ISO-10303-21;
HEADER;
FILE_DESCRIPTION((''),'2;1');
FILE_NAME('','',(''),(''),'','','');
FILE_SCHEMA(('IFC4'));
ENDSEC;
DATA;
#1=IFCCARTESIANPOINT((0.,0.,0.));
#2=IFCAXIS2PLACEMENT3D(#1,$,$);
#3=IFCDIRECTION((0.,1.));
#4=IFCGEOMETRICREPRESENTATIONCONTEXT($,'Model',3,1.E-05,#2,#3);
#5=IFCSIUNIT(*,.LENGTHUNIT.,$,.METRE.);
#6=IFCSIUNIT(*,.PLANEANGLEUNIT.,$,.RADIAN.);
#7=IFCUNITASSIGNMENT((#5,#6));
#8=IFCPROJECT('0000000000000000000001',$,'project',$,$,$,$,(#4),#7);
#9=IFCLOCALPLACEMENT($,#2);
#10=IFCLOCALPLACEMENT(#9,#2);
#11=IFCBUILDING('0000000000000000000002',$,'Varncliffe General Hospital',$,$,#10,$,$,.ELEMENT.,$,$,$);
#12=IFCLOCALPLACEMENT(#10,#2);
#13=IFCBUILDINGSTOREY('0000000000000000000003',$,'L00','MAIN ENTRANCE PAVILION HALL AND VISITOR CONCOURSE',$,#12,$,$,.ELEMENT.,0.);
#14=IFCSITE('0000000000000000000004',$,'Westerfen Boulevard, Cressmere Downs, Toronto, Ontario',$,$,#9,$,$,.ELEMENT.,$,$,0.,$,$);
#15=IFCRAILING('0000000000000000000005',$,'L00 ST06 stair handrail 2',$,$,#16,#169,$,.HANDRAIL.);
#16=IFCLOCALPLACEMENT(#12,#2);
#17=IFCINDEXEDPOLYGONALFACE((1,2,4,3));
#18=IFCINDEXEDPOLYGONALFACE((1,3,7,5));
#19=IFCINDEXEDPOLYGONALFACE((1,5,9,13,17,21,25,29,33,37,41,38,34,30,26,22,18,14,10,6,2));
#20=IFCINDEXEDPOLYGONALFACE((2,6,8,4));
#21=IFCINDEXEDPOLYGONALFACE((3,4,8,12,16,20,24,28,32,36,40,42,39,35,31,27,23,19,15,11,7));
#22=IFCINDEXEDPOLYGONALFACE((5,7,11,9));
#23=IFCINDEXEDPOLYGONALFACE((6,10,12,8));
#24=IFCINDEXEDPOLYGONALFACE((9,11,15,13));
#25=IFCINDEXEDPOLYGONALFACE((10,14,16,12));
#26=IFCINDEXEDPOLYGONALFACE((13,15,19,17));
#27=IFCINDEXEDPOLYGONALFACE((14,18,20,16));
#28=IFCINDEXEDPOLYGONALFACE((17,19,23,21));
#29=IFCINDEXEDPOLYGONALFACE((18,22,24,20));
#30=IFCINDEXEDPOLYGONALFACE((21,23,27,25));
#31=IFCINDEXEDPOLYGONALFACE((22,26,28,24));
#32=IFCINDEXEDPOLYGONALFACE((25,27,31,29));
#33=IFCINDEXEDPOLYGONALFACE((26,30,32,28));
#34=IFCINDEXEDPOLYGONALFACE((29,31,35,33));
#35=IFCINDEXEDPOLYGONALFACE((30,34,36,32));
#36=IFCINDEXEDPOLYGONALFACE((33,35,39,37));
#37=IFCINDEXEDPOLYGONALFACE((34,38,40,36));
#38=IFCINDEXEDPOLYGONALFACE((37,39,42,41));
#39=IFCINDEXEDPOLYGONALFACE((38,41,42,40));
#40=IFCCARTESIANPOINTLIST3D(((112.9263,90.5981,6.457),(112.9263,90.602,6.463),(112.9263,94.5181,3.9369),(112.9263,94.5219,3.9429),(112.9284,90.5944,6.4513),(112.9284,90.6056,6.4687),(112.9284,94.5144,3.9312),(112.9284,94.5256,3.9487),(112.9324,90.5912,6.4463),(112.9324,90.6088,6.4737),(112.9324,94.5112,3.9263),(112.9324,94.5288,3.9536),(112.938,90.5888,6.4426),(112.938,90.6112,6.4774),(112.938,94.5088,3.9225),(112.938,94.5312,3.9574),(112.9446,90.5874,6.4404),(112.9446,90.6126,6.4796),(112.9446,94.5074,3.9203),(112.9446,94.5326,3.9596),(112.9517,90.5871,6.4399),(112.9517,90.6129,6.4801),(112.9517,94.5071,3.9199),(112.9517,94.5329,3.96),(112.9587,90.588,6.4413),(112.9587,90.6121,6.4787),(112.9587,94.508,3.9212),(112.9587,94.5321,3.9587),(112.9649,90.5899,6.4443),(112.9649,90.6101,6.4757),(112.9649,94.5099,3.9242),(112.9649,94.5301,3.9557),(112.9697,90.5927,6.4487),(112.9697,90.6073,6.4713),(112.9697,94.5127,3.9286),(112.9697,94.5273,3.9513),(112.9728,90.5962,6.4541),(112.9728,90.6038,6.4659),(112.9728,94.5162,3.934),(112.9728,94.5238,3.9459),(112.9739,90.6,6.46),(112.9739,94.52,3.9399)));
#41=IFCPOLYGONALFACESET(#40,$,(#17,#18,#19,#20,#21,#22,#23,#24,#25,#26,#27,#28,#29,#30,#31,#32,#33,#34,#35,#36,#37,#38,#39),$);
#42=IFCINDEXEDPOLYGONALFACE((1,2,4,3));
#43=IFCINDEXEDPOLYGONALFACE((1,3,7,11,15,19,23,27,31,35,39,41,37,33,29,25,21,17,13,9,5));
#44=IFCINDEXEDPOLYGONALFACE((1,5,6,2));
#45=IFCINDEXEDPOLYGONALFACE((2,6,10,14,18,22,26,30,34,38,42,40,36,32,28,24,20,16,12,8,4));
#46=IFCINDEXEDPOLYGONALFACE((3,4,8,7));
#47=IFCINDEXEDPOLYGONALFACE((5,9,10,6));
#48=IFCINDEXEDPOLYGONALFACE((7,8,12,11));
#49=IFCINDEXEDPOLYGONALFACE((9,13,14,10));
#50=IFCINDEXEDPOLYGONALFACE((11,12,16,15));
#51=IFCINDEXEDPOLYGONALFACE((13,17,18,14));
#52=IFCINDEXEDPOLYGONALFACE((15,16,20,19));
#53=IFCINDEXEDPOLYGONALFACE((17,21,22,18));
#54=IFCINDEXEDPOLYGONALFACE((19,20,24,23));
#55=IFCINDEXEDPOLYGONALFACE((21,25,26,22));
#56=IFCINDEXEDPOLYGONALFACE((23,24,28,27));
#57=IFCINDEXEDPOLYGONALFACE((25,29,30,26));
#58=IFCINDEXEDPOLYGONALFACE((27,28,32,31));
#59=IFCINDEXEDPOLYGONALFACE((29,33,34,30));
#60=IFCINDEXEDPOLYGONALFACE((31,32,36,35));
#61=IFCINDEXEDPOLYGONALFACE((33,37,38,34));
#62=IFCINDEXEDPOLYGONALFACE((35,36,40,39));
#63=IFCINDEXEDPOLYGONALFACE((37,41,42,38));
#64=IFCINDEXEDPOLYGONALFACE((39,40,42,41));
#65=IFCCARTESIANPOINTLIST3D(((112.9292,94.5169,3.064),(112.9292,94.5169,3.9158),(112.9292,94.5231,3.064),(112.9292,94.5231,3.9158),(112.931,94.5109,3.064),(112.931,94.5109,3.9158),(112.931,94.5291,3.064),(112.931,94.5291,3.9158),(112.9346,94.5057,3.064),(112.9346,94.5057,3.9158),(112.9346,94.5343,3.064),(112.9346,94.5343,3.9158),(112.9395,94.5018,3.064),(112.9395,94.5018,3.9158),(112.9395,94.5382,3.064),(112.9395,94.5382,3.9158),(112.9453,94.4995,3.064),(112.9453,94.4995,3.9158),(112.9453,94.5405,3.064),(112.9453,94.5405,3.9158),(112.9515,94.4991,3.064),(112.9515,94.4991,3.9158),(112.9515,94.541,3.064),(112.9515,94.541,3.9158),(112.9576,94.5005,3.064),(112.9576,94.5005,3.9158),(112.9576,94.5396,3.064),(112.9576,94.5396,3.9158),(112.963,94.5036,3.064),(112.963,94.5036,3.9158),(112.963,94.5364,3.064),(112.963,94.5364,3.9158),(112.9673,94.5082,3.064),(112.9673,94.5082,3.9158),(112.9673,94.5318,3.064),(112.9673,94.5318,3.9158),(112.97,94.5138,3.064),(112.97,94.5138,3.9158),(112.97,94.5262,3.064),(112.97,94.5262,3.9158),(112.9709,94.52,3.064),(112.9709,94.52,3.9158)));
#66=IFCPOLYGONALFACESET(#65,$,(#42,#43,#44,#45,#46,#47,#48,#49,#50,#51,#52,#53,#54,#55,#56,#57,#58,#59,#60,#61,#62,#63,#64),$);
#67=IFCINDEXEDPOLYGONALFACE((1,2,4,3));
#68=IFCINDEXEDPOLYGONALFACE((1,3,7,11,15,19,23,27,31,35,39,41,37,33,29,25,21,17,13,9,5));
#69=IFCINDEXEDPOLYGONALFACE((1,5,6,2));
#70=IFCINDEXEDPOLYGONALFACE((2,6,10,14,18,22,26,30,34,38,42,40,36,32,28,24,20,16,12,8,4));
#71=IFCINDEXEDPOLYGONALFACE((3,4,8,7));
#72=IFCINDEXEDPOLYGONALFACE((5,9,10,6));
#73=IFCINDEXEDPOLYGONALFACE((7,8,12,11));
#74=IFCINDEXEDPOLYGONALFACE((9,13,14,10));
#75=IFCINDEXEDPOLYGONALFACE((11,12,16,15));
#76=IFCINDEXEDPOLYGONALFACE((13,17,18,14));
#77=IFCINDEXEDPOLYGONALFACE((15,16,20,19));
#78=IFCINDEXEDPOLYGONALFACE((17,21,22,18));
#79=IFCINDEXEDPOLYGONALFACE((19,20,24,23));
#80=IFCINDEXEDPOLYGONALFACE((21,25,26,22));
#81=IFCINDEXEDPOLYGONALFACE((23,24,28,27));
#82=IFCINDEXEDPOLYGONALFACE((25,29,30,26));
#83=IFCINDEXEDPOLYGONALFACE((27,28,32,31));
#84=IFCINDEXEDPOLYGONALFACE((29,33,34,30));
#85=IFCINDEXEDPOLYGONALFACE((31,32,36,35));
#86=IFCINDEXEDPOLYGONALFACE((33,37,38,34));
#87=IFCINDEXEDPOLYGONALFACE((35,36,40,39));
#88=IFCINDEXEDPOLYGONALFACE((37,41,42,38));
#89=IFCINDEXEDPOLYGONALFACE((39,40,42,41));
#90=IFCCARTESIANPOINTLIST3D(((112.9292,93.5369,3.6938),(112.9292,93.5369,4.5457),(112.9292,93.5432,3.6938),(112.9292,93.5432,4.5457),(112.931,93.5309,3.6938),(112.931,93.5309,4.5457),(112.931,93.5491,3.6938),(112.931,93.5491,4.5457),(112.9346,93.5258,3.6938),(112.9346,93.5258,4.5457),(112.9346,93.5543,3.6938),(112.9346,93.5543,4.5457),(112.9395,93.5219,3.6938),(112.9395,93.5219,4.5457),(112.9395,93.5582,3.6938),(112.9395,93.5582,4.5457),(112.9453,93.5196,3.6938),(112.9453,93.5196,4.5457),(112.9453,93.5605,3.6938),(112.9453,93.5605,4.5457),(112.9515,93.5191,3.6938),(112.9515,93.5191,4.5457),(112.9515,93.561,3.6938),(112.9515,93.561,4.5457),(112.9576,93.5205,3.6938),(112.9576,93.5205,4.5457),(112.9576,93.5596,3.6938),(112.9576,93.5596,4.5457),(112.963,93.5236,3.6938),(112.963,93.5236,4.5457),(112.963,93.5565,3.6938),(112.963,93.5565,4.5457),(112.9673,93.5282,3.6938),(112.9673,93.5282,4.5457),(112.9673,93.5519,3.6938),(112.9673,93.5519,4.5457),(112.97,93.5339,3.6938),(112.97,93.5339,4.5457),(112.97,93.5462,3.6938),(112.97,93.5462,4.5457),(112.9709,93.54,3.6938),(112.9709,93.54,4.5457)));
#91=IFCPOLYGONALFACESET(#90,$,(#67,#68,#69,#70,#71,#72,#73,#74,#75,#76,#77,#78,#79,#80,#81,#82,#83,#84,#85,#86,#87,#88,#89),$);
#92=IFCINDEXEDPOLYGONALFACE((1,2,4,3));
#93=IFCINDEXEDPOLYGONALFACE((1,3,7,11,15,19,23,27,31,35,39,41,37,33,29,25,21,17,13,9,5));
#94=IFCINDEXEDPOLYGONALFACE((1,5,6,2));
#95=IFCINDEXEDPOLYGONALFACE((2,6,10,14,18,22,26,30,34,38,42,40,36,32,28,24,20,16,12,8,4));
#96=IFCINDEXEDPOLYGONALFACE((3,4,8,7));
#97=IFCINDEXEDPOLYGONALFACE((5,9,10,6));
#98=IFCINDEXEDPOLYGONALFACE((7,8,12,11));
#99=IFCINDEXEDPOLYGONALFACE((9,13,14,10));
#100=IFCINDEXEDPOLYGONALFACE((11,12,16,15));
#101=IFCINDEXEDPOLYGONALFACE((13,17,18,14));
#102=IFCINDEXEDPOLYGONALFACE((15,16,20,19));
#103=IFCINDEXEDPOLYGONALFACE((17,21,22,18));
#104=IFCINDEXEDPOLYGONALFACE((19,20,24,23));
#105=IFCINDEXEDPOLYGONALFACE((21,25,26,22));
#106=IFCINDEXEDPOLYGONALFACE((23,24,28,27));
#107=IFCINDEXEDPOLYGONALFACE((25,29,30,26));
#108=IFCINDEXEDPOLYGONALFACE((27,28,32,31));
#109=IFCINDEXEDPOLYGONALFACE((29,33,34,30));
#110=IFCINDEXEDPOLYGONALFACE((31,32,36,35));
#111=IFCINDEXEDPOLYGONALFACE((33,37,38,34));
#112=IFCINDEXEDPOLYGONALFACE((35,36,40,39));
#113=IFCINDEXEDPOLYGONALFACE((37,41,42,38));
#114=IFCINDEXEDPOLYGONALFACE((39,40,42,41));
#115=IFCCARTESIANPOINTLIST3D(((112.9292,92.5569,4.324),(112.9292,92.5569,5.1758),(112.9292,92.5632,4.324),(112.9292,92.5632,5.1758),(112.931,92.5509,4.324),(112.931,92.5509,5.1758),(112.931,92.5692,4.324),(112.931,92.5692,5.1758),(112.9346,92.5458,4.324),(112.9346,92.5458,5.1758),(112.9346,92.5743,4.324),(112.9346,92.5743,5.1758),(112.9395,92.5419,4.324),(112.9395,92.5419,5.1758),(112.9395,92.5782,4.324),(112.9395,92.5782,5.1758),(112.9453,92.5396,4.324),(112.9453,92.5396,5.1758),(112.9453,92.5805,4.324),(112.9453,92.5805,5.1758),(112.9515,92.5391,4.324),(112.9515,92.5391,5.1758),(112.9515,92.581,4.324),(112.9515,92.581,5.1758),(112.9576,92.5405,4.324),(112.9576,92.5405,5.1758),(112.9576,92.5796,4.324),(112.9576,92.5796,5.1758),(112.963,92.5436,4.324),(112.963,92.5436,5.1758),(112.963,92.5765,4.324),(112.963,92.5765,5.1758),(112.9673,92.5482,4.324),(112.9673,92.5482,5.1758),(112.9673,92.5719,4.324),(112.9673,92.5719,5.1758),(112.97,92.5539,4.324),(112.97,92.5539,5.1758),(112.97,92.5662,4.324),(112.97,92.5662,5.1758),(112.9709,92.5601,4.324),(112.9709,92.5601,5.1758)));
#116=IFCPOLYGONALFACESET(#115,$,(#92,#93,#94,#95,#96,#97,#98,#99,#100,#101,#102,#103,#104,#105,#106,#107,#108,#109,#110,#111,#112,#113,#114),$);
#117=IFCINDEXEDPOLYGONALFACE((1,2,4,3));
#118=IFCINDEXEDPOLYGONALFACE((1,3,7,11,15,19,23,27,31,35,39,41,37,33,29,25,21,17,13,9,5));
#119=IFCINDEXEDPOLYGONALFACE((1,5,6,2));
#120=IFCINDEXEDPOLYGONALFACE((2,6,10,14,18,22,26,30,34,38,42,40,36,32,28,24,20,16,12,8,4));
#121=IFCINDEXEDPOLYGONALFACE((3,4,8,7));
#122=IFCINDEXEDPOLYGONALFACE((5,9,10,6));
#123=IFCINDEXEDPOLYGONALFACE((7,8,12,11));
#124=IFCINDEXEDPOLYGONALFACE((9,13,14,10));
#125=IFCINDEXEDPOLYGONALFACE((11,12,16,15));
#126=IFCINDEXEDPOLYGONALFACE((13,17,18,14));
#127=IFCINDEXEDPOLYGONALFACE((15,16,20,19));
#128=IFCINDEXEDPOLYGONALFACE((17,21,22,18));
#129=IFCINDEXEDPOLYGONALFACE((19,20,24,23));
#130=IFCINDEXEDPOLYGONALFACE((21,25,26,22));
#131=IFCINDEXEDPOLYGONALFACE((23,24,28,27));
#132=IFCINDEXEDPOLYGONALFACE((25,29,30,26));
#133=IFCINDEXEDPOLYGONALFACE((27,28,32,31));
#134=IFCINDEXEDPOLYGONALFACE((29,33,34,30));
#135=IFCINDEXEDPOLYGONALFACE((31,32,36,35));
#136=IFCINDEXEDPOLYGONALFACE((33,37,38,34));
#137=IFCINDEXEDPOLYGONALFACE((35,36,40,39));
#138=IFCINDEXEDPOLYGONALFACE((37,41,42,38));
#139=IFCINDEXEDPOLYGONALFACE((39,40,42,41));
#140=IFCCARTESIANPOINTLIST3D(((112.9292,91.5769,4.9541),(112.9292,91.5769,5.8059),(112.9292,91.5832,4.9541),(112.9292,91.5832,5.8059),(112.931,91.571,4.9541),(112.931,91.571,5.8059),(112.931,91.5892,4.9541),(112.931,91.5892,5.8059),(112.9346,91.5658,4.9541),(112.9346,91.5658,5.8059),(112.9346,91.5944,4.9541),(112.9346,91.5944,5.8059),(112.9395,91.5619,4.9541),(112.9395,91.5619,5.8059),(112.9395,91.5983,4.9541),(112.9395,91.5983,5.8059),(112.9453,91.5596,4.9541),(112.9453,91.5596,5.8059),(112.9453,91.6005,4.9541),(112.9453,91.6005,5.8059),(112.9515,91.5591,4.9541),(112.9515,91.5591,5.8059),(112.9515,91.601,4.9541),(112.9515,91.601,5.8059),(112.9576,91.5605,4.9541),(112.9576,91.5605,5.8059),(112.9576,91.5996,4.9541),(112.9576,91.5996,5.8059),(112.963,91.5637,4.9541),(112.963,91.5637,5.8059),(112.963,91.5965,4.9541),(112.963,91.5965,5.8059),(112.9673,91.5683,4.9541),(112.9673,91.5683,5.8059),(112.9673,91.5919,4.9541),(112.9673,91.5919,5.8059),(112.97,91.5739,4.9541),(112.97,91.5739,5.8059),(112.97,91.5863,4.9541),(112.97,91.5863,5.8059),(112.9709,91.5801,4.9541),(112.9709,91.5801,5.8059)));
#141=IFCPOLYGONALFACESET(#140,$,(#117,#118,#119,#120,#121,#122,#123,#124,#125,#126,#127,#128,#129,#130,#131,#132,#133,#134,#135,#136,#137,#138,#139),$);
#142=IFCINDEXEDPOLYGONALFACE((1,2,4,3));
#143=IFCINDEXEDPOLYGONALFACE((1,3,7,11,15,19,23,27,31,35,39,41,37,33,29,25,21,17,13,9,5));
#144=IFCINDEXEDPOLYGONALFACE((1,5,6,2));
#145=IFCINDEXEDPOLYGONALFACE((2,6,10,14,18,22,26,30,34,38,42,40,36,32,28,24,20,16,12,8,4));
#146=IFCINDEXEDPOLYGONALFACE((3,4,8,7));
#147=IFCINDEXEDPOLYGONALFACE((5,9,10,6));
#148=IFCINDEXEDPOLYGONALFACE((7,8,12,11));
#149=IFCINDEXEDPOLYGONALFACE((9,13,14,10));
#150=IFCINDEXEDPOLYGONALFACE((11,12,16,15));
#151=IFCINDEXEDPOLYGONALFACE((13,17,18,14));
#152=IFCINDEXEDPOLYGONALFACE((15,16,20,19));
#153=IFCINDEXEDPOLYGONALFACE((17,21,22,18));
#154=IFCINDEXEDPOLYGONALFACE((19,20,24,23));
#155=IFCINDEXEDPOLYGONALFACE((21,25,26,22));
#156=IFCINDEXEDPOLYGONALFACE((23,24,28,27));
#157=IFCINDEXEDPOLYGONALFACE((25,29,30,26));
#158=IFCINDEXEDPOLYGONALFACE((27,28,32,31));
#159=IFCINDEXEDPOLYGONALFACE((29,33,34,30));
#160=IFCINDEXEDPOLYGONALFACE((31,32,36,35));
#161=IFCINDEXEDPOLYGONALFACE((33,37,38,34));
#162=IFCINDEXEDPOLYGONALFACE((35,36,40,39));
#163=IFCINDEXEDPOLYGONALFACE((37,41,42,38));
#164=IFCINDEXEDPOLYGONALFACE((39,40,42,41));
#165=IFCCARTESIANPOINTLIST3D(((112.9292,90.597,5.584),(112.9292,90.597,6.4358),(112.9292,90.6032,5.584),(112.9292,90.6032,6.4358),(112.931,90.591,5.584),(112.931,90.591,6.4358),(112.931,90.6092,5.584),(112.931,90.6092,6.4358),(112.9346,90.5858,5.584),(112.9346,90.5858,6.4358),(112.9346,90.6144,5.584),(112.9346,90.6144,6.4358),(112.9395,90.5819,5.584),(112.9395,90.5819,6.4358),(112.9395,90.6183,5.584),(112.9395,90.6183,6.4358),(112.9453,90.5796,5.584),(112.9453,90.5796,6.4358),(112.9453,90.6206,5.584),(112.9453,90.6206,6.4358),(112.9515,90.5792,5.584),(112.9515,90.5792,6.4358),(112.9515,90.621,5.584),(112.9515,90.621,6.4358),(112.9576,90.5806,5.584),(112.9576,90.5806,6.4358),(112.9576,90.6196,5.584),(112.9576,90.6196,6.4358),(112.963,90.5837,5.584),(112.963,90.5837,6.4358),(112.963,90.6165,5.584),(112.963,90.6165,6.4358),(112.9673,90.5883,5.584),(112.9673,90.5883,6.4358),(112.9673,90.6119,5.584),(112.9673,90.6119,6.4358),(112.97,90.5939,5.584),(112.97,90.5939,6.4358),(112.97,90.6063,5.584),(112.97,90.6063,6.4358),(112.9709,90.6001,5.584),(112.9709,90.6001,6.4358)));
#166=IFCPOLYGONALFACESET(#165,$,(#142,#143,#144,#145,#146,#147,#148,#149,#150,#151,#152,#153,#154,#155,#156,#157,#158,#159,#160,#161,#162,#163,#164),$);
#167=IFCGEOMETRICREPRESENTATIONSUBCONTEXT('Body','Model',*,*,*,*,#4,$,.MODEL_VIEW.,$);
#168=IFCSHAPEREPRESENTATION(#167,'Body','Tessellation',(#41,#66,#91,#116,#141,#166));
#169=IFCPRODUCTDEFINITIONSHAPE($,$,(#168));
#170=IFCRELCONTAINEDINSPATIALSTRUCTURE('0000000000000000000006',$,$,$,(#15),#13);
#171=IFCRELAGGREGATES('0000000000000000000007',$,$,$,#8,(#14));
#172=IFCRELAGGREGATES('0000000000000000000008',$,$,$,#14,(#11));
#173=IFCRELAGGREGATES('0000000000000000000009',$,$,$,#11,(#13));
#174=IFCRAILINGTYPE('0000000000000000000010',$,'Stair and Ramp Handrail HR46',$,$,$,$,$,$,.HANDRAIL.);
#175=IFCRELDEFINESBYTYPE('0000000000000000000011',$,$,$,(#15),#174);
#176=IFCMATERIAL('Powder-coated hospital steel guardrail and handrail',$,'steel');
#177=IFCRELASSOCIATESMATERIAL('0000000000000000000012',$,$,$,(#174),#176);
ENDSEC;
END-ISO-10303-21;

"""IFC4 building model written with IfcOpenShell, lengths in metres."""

from ifc_helpers import new_model, si_unit, direction, frame, origin, origin_2d, place, context, subcontext, project, spatial, circle, extrude, material, type_object, element, save


model = new_model("IFC4")

# Units and contexts
model_context = context("Model", 3, precision=1e-05, world=origin(), true_north=direction((0.0, 1.0)))
body_context = subcontext(model_context, "Body", "Model", "MODEL_VIEW")
ifc_project = project(units=[si_unit("LENGTHUNIT", "METRE"), si_unit("PLANEANGLEUNIT", "RADIAN")], contexts=[model_context])

# Site, building, storey
site_placement = place(None, origin())
site = spatial("IfcSite", under=ifc_project, at=site_placement, Name="Westerfen Boulevard, Cressmere Downs, Toronto, Ontario", CompositionType="ELEMENT", RefElevation=0.0)
building_placement = place(site_placement, origin())
building = spatial("IfcBuilding", under=site, at=building_placement, Name="Varncliffe General Hospital", CompositionType="ELEMENT")
storey_placement = place(building_placement, origin())
storey = spatial("IfcBuildingStorey", under=building, at=storey_placement, Name="L00", Description="MAIN ENTRANCE PAVILION HALL AND VISITOR CONCOURSE", CompositionType="ELEMENT", Elevation=0.0)

# Railing
ifc_material_1 = material(Name="Powder-coated hospital steel guardrail and handrail", Category="steel")
railing_type_1 = type_object("IfcRailingType", Name="Stair and Ramp Handrail HR46", PredefinedType="HANDRAIL", material=ifc_material_1)
railing_1_placement = place(storey_placement, frame((112.95, 94.52, 3.064)))
element("IfcRailing", 1, at=railing_1_placement, inside=storey, type_object=railing_type_1, Name="L00 ST06 stair handrail 2", PredefinedType="HANDRAIL", context=body_context, shape_type="SweptSolid", body=[
    extrude(circle(Radius=0.0239, at=origin_2d()), frame((0.0, 0.0, 0.876), z_axis=(0.0, -0.841172, 0.540768), x_axis=(1.0, 0.0, 0.0)), (0.0, 0.0, 1.0), 4.6602),
    extrude(circle(Radius=0.021, at=origin_2d()), origin(), (0.0, 0.0, 1.0), 0.8518),
    extrude(circle(Radius=0.021, at=origin_2d()), frame((0.0, -0.98, 0.6299)), (0.0, 0.0, 1.0), 0.8518),
    extrude(circle(Radius=0.021, at=origin_2d()), frame((0.0, -1.96, 1.26)), (0.0, 0.0, 1.0), 0.8518),
    extrude(circle(Radius=0.021, at=origin_2d()), frame((0.0, -2.9399, 1.8901)), (0.0, 0.0, 1.0), 0.8518),
    extrude(circle(Radius=0.021, at=origin_2d()), frame((0.0, -3.9199, 2.52)), (0.0, 0.0, 1.0), 0.8518),
])

save(model, "model.ifc")
